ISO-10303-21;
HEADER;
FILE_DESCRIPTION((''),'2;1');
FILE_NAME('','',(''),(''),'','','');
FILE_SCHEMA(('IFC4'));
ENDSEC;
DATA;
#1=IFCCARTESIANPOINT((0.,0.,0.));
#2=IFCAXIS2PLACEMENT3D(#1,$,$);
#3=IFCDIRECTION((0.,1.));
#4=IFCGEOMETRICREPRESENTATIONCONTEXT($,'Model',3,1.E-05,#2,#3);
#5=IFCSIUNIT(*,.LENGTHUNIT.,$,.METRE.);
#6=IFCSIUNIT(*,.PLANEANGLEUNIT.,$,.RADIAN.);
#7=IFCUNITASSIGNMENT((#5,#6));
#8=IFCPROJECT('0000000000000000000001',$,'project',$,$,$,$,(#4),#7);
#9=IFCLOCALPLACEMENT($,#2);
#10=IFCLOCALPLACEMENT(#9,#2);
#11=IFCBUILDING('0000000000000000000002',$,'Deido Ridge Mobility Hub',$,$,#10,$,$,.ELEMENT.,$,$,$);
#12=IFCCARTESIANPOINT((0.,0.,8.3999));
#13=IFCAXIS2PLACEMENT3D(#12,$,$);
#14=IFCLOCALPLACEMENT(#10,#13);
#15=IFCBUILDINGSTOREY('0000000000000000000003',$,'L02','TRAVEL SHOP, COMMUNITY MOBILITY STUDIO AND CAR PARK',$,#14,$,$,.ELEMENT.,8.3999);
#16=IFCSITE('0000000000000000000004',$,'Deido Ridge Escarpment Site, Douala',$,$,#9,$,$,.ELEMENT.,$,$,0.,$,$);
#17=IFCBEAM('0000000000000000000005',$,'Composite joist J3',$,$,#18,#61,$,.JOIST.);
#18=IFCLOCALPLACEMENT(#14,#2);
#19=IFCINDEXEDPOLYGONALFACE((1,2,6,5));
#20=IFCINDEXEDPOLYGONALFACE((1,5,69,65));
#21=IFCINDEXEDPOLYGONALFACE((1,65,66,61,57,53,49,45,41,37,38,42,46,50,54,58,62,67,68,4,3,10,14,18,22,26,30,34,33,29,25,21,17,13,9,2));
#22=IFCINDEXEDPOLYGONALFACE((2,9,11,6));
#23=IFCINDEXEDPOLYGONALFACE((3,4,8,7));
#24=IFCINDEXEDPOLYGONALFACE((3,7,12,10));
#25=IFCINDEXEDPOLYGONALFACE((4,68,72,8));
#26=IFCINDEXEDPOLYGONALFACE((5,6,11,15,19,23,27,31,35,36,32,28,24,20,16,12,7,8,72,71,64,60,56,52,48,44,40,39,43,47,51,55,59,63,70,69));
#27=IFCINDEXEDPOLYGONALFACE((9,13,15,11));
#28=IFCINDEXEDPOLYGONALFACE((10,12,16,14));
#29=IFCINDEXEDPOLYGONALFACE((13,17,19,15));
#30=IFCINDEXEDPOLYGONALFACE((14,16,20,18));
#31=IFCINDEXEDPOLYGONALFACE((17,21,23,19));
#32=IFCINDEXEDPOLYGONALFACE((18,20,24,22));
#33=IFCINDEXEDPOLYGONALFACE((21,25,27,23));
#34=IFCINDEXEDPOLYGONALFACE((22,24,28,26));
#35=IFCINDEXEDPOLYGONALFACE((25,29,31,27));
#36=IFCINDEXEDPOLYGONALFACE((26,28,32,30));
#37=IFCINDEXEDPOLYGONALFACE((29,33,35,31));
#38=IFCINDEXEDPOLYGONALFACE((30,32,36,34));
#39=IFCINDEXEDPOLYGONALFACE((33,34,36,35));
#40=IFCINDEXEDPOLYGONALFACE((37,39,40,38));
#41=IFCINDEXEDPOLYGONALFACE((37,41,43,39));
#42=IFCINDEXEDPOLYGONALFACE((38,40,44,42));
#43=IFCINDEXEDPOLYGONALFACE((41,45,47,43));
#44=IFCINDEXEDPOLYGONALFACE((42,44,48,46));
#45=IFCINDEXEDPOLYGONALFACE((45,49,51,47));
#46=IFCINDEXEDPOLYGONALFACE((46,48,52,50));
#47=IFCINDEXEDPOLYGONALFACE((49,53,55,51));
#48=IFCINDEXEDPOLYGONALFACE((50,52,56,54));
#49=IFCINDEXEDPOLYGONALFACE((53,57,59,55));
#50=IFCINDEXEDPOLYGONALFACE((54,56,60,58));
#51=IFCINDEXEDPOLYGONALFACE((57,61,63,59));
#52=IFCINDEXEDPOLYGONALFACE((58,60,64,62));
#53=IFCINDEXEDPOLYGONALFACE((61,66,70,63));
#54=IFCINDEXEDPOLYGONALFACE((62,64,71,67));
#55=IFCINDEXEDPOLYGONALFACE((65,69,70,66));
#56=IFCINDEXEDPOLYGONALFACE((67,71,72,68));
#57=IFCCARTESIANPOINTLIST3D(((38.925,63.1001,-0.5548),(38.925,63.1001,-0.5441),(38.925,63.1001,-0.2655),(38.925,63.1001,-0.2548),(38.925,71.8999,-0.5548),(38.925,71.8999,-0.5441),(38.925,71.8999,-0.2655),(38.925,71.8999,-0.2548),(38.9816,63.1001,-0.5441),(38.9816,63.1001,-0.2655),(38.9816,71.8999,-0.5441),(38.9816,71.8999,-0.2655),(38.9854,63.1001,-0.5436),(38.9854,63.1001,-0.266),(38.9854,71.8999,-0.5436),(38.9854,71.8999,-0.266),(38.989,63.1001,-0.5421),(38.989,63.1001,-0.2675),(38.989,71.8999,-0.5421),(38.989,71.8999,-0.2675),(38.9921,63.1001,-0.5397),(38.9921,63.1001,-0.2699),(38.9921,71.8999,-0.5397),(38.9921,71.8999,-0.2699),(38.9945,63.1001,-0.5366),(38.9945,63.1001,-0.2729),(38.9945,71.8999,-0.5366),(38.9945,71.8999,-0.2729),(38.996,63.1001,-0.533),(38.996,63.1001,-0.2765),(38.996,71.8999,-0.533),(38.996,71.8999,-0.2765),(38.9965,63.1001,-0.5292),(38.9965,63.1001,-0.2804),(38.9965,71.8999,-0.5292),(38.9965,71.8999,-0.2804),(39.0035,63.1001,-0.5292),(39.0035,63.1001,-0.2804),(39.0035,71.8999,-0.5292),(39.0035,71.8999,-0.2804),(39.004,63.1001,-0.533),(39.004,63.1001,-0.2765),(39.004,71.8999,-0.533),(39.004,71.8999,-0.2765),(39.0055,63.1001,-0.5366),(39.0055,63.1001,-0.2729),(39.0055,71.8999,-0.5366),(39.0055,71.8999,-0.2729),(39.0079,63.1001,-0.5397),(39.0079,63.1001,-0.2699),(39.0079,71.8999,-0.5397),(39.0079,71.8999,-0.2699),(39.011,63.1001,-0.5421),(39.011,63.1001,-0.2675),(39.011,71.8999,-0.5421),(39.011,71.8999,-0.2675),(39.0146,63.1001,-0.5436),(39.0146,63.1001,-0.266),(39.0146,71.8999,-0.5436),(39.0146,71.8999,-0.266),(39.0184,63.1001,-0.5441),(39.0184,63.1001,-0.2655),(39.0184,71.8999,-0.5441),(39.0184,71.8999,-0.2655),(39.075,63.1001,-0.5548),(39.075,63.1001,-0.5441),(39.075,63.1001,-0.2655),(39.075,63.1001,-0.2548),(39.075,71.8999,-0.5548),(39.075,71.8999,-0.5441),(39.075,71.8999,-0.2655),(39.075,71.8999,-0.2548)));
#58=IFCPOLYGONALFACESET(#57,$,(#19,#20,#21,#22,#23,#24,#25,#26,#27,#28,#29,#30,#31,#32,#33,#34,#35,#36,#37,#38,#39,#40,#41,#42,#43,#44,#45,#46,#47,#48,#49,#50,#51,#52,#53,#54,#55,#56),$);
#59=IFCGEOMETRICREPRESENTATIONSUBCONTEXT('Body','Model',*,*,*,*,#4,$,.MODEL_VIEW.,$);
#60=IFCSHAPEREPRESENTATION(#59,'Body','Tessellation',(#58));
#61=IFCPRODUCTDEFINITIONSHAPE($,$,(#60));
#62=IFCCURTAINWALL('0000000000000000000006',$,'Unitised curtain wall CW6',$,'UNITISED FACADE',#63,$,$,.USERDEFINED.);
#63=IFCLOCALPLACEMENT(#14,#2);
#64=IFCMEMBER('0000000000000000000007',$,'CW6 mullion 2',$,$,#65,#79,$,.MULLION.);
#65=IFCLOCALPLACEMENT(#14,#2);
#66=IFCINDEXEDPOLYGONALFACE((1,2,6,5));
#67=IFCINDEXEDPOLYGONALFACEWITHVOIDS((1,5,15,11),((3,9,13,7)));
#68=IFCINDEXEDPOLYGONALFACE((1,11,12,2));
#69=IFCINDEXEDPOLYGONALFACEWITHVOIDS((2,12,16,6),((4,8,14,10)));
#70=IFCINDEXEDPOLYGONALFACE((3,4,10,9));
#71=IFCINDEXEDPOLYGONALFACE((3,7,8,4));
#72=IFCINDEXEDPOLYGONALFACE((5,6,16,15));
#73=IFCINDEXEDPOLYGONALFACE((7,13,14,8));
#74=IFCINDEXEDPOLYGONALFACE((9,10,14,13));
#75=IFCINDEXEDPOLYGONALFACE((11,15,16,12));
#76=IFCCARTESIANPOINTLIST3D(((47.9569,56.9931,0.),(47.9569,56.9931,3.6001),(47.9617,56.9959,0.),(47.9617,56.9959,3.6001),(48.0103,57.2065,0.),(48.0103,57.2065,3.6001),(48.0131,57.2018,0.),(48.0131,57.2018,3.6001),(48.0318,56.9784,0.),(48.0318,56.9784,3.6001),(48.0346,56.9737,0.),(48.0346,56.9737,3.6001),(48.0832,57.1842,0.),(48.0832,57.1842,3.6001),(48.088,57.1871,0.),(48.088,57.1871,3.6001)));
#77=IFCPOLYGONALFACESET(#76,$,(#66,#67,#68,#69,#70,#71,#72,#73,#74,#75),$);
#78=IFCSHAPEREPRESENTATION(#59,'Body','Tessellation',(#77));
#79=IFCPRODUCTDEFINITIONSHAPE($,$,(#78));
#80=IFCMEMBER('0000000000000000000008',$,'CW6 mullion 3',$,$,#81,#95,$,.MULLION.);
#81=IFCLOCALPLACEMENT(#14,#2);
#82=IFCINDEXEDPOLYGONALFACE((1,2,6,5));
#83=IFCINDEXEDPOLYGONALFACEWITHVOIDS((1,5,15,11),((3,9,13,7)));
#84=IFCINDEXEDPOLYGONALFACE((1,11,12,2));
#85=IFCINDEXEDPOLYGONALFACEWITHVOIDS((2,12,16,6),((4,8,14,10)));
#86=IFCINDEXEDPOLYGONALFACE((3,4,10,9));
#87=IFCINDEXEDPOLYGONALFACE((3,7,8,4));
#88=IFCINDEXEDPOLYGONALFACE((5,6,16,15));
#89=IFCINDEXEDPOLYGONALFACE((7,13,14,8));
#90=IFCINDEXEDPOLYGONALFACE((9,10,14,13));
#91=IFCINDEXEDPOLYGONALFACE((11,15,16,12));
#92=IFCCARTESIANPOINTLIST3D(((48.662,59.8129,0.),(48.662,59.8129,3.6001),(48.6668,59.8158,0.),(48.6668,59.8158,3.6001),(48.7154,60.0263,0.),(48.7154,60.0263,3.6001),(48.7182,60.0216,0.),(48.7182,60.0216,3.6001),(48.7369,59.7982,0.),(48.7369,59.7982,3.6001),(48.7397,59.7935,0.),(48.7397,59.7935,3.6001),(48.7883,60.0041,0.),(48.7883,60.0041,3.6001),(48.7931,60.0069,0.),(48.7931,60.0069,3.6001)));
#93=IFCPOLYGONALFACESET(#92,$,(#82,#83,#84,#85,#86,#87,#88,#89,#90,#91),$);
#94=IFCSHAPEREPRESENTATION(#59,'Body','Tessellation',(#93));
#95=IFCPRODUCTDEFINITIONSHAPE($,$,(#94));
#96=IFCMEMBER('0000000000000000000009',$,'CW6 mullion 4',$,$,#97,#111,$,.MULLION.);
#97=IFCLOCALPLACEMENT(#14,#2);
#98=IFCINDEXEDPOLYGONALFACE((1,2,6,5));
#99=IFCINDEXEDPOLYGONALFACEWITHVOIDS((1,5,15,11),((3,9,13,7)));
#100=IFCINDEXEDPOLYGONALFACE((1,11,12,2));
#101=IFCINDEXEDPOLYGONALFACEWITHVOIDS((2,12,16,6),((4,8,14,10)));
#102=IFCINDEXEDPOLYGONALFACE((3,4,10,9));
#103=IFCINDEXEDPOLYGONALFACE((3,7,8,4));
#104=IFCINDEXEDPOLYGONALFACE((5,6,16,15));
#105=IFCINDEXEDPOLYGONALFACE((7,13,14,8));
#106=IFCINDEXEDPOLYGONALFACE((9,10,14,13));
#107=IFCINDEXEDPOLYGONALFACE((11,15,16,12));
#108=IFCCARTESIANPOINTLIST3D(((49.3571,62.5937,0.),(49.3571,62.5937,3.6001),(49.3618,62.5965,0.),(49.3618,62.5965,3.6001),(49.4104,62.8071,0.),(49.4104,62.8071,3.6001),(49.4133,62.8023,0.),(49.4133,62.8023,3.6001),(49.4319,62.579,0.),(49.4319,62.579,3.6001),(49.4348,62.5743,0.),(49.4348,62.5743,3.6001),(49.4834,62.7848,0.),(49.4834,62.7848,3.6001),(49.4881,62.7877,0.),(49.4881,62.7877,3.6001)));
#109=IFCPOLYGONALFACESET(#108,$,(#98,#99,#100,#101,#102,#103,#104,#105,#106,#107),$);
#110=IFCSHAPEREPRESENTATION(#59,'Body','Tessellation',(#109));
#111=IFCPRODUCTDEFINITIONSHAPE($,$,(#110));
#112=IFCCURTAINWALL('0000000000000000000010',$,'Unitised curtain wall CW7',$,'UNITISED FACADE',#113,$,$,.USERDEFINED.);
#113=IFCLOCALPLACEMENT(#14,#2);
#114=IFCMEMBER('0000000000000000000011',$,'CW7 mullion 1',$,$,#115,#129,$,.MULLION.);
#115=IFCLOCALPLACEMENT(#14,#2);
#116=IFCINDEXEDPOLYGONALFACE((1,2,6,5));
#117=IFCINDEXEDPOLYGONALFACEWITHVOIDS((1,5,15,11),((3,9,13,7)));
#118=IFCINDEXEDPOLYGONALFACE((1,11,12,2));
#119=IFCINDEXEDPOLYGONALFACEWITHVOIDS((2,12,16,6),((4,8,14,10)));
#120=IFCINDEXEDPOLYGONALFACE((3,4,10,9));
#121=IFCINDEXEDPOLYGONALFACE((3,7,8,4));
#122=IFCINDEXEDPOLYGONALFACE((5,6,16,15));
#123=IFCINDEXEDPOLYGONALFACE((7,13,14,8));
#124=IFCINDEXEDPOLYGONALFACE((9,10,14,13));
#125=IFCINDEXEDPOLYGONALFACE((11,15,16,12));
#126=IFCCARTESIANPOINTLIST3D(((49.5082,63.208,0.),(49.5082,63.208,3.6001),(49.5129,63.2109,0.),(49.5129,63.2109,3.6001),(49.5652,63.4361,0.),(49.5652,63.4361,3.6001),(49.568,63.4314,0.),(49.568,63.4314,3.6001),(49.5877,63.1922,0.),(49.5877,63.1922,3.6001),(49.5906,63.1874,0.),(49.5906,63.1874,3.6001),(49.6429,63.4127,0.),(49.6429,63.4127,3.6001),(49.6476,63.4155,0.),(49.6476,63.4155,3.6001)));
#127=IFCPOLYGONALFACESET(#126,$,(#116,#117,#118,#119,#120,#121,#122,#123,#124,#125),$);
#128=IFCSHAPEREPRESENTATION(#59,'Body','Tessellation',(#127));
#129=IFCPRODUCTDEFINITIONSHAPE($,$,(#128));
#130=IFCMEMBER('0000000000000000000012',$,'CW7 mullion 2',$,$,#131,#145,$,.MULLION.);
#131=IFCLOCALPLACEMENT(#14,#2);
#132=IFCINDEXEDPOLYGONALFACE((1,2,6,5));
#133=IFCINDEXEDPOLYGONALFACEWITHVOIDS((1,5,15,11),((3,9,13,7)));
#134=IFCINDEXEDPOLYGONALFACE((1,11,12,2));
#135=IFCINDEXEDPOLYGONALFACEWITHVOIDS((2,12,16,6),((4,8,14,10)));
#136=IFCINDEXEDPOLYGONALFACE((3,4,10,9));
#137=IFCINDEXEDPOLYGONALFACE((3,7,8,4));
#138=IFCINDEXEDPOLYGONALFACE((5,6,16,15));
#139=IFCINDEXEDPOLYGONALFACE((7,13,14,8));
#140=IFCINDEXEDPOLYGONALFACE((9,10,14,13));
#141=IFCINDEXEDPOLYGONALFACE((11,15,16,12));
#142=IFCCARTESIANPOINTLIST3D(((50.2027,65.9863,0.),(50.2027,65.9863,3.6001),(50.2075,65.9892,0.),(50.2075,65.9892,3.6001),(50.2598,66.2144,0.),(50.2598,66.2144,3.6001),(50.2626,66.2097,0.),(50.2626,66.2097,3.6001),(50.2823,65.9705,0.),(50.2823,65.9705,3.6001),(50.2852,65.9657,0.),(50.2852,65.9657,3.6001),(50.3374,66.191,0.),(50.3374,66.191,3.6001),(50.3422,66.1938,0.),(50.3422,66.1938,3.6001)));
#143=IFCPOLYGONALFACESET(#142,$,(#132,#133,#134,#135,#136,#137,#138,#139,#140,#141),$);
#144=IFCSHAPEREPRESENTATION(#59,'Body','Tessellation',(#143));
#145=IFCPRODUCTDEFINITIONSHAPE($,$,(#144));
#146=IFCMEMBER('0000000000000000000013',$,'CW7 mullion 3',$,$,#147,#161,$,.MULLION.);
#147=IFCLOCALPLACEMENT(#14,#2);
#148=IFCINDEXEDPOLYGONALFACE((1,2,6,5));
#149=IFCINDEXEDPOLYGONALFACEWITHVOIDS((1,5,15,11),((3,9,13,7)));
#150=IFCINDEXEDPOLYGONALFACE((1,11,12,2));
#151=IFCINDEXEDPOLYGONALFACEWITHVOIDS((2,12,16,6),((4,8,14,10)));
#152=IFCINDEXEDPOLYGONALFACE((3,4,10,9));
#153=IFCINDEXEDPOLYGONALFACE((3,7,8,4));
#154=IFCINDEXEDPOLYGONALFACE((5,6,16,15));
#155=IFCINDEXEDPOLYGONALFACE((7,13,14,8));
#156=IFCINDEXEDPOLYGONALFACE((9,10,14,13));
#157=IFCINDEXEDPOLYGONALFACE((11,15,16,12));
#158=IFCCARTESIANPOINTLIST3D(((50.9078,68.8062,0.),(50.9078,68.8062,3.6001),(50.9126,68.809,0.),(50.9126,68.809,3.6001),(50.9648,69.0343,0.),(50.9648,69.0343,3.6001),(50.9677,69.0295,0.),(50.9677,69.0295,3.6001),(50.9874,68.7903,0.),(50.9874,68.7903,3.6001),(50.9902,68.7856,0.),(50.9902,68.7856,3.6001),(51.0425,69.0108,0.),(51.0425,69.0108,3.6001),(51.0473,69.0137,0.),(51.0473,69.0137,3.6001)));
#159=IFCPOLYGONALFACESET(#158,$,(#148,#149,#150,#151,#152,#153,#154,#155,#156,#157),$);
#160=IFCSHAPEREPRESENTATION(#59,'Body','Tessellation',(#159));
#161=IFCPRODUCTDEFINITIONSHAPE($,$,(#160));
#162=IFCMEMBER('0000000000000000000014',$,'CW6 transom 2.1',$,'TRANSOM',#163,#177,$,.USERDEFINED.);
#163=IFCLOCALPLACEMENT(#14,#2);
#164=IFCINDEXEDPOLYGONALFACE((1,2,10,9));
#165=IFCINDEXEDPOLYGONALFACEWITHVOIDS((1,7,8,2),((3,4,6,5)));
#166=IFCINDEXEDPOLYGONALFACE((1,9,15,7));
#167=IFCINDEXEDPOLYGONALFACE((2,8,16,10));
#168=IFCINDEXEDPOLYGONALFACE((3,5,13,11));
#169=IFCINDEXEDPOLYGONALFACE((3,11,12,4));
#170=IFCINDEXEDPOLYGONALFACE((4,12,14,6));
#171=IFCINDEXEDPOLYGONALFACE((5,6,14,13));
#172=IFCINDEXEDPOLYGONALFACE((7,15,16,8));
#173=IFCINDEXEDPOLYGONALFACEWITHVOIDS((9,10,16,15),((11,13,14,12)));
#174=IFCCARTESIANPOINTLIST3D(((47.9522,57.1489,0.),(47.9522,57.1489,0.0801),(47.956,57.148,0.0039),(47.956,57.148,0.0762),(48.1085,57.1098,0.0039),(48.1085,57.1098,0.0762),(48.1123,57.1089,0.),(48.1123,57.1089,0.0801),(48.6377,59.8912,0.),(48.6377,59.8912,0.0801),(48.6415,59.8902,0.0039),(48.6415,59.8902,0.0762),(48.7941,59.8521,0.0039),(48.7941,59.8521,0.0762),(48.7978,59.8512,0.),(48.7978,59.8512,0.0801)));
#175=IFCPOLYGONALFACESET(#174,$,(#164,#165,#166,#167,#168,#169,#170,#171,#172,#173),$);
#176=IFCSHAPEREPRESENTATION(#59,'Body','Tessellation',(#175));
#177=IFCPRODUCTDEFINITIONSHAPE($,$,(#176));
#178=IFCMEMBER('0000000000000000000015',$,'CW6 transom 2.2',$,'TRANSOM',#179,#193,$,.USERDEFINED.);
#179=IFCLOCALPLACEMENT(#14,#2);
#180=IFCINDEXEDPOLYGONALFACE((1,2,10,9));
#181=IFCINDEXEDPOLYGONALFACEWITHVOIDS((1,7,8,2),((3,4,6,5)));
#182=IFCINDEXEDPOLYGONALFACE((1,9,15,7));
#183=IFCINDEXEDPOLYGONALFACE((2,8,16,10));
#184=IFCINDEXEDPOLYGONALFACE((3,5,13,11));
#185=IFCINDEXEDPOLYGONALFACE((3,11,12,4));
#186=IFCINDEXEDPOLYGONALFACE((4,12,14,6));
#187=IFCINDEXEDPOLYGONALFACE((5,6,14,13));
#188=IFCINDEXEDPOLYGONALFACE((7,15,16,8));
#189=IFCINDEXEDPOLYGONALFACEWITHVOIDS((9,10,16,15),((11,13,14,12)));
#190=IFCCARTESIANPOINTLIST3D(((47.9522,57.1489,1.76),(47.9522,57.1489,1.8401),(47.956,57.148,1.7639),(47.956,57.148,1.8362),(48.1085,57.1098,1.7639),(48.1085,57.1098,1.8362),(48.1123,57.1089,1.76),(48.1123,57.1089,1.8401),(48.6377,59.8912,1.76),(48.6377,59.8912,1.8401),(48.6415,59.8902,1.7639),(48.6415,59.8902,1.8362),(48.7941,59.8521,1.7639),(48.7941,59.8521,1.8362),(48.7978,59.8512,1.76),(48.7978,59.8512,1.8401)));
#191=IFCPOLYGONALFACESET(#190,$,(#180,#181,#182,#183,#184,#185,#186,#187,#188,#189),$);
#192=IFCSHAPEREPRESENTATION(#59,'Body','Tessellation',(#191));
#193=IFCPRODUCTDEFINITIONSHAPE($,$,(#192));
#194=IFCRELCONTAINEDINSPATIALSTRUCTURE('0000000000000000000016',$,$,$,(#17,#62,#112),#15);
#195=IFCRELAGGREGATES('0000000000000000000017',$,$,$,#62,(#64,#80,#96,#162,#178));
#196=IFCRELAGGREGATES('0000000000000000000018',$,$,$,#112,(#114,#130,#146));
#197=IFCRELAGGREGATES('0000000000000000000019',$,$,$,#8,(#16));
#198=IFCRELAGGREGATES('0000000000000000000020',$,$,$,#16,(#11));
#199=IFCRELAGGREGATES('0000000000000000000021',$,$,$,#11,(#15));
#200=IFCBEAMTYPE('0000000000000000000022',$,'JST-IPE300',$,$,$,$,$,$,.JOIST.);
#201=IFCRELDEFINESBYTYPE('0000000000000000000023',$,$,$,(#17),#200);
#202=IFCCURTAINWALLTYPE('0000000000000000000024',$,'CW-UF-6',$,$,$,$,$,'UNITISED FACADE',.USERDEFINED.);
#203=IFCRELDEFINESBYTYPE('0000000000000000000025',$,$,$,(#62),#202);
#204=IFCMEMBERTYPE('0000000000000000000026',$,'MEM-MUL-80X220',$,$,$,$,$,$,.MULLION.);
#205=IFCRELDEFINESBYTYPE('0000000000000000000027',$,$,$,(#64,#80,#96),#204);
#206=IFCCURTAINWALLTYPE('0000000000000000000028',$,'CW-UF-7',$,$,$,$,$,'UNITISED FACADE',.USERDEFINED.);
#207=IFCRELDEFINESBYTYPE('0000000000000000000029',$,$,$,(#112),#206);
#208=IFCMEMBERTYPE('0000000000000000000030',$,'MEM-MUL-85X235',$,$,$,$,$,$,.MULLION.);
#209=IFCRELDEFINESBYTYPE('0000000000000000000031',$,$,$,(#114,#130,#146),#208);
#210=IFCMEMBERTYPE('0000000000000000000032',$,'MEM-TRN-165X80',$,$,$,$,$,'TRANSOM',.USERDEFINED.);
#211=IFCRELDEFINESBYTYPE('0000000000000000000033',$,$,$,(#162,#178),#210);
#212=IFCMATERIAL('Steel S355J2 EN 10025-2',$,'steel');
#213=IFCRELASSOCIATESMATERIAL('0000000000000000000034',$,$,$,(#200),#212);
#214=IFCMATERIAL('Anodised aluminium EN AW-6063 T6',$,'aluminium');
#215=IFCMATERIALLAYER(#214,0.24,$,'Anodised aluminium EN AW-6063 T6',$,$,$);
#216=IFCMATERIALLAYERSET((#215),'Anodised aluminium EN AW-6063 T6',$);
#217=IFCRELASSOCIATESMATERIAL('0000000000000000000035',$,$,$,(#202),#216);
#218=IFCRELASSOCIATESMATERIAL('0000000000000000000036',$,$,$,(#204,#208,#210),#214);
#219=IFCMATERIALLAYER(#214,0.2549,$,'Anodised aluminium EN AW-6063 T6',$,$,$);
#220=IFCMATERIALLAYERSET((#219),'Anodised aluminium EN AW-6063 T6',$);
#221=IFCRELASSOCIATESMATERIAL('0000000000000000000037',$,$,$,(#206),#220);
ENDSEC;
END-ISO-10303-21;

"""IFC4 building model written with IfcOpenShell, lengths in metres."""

from ifc_helpers import new_model, si_unit, direction, frame, origin, origin_2d, place, context, subcontext, project, spatial, hollow_rectangle, i_section, extrude, material, layer, layer_set, material_profile, profile_set, type_object, element, aggregate, save


model = new_model("IFC4")

# Units and contexts
model_context = context("Model", 3, precision=1e-05, world=origin(), true_north=direction((0.0, 1.0)))
body_context = subcontext(model_context, "Body", "Model", "MODEL_VIEW")
ifc_project = project(units=[si_unit("LENGTHUNIT", "METRE"), si_unit("PLANEANGLEUNIT", "RADIAN")], contexts=[model_context])

# Site, building, storey
site_placement = place(None, origin())
site = spatial("IfcSite", under=ifc_project, at=site_placement, Name="Deido Ridge Escarpment Site, Douala", CompositionType="ELEMENT", RefElevation=0.0)
building_placement = place(site_placement, origin())
building = spatial("IfcBuilding", under=site, at=building_placement, Name="Deido Ridge Mobility Hub", CompositionType="ELEMENT")
storey_placement = place(building_placement, frame((0.0, 0.0, 8.3999)))
storey = spatial("IfcBuildingStorey", under=building, at=storey_placement, Name="L02", Description="TRAVEL SHOP, COMMUNITY MOBILITY STUDIO AND CAR PARK", CompositionType="ELEMENT", Elevation=8.3999)

# Shared definitions
ifc_material_1 = material(Name="Steel S355J2 EN 10025-2", Category="steel")

# Beam
ifc_material_profile_1 = material_profile(ifc_material_1, i_section(OverallWidth=0.1499, OverallDepth=0.3, WebThickness=0.0071, FlangeThickness=0.0107, FilletRadius=0.0149, at=origin_2d()), Name="IPE 300")
ifc_profile_set_1 = profile_set([ifc_material_profile_1], Name="Steel S355J2 EN 10025-2")
beam_type_1 = type_object("IfcBeamType", Name="JST-IPE300", PredefinedType="JOIST", material=ifc_profile_set_1)
beam_1_placement = place(storey_placement, frame((39.0, 63.1001, -0.4048), z_axis=(0.0, 1.0, 0.0), x_axis=(-1.0, 0.0, 0.0)))
element("IfcBeam", 1, at=beam_1_placement, inside=storey, type_object=beam_type_1, Name="Composite joist J3", PredefinedType="JOIST", context=body_context, shape_type="SweptSolid", body=[
    extrude(i_section(OverallWidth=0.1499, OverallDepth=0.3, WebThickness=0.0071, FlangeThickness=0.0107, FilletRadius=0.0149, at=origin_2d()), origin(), (0.0, 0.0, 1.0), 8.7998),
])

# Curtain walls, members
ifc_material_2 = material(Name="Anodised aluminium EN AW-6063 T6", Category="aluminium")
ifc_layer_1 = layer(ifc_material_2, 0.24, Name="Anodised aluminium EN AW-6063 T6")
ifc_layer_set_1 = layer_set([ifc_layer_1], Name="Anodised aluminium EN AW-6063 T6")
curtain_wall_type_1 = type_object("IfcCurtainWallType", Name="CW-UF-6", ElementType="UNITISED FACADE", PredefinedType="USERDEFINED", material=ifc_layer_set_1)
curtain_wall_1_placement = place(storey_placement, origin())
curtain_wall_1 = element("IfcCurtainWall", 2, at=curtain_wall_1_placement, inside=storey, type_object=curtain_wall_type_1, Name="Unitised curtain wall CW6", ObjectType="UNITISED FACADE", PredefinedType="USERDEFINED")
ifc_material_profile_2 = material_profile(ifc_material_2, hollow_rectangle(XDim=0.0801, YDim=0.22, WallThickness=0.0039, at=origin_2d()), Name="RHS 80x220x4")
ifc_profile_set_2 = profile_set([ifc_material_profile_2], Name="Anodised aluminium EN AW-6063 T6")
member_type_1 = type_object("IfcMemberType", Name="MEM-MUL-80X220", PredefinedType="MULLION", material=ifc_profile_set_2)
member_1_placement = place(storey_placement, frame((48.0225, 57.0901, 0.0), z_axis=(0.0, 0.0, 1.0), x_axis=(-0.97014, 0.242546, 0.0)))
member_1 = element("IfcMember", 3, at=member_1_placement, type_object=member_type_1, Name="CW6 mullion 2", PredefinedType="MULLION", context=body_context, shape_type="SweptSolid", body=[
    extrude(hollow_rectangle(XDim=0.0801, YDim=0.22, WallThickness=0.0039, at=origin_2d()), origin(), (0.0, 0.0, 1.0), 3.6001),
])
member_2_placement = place(storey_placement, frame((48.7275, 59.9099, 0.0), z_axis=(0.0, 0.0, 1.0), x_axis=(-0.97014, 0.242546, 0.0)))
member_2 = element("IfcMember", 4, at=member_2_placement, type_object=member_type_1, Name="CW6 mullion 3", PredefinedType="MULLION", context=body_context, shape_type="SweptSolid", body=[
    extrude(hollow_rectangle(XDim=0.0801, YDim=0.22, WallThickness=0.0039, at=origin_2d()), origin(), (0.0, 0.0, 1.0), 3.6001),
])
member_3_placement = place(storey_placement, frame((49.4226, 62.6907, 0.0), z_axis=(0.0, 0.0, 1.0), x_axis=(-0.97014, 0.242546, 0.0)))
member_3 = element("IfcMember", 5, at=member_3_placement, type_object=member_type_1, Name="CW6 mullion 4", PredefinedType="MULLION", context=body_context, shape_type="SweptSolid", body=[
    extrude(hollow_rectangle(XDim=0.0801, YDim=0.22, WallThickness=0.0039, at=origin_2d()), origin(), (0.0, 0.0, 1.0), 3.6001),
])
ifc_layer_2 = layer(ifc_material_2, 0.2549, Name="Anodised aluminium EN AW-6063 T6")
ifc_layer_set_2 = layer_set([ifc_layer_2], Name="Anodised aluminium EN AW-6063 T6")
curtain_wall_type_2 = type_object("IfcCurtainWallType", Name="CW-UF-7", ElementType="UNITISED FACADE", PredefinedType="USERDEFINED", material=ifc_layer_set_2)
curtain_wall_2_placement = place(storey_placement, origin())
curtain_wall_2 = element("IfcCurtainWall", 6, at=curtain_wall_2_placement, inside=storey, type_object=curtain_wall_type_2, Name="Unitised curtain wall CW7", ObjectType="UNITISED FACADE", PredefinedType="USERDEFINED")
ifc_material_profile_3 = material_profile(ifc_material_2, hollow_rectangle(XDim=0.085, YDim=0.2351, WallThickness=0.0039, at=origin_2d()), Name="RHS 85x235x4")
ifc_profile_set_3 = profile_set([ifc_material_profile_3], Name="Anodised aluminium EN AW-6063 T6")
member_type_2 = type_object("IfcMemberType", Name="MEM-MUL-85X235", PredefinedType="MULLION", material=ifc_profile_set_3)
member_4_placement = place(storey_placement, frame((49.5779, 63.3118, 0.0), z_axis=(0.0, 0.0, 1.0), x_axis=(-0.97014, 0.242546, 0.0)))
member_4 = element("IfcMember", 7, at=member_4_placement, type_object=member_type_2, Name="CW7 mullion 1", PredefinedType="MULLION", context=body_context, shape_type="SweptSolid", body=[
    extrude(hollow_rectangle(XDim=0.085, YDim=0.2351, WallThickness=0.0039, at=origin_2d()), origin(), (0.0, 0.0, 1.0), 3.6001),
])
member_5_placement = place(storey_placement, frame((50.2725, 66.0901, 0.0), z_axis=(0.0, 0.0, 1.0), x_axis=(-0.97014, 0.242546, 0.0)))
member_5 = element("IfcMember", 8, at=member_5_placement, type_object=member_type_2, Name="CW7 mullion 2", PredefinedType="MULLION", context=body_context, shape_type="SweptSolid", body=[
    extrude(hollow_rectangle(XDim=0.085, YDim=0.2351, WallThickness=0.0039, at=origin_2d()), origin(), (0.0, 0.0, 1.0), 3.6001),
])
member_6_placement = place(storey_placement, frame((50.9775, 68.9099, 0.0), z_axis=(0.0, 0.0, 1.0), x_axis=(-0.97014, 0.242546, 0.0)))
member_6 = element("IfcMember", 9, at=member_6_placement, type_object=member_type_2, Name="CW7 mullion 3", PredefinedType="MULLION", context=body_context, shape_type="SweptSolid", body=[
    extrude(hollow_rectangle(XDim=0.085, YDim=0.2351, WallThickness=0.0039, at=origin_2d()), origin(), (0.0, 0.0, 1.0), 3.6001),
])

# Members
ifc_material_profile_4 = material_profile(ifc_material_2, hollow_rectangle(XDim=0.165, YDim=0.0801, WallThickness=0.0039, at=origin_2d()), Name="RHS 165x80x4")
ifc_profile_set_4 = profile_set([ifc_material_profile_4], Name="Anodised aluminium EN AW-6063 T6")
member_type_3 = type_object("IfcMemberType", Name="MEM-TRN-165X80", ElementType="TRANSOM", PredefinedType="USERDEFINED", material=ifc_profile_set_4)
member_7_placement = place(storey_placement, frame((48.0322, 57.1289, 0.04), z_axis=(0.242536, 0.970143, 0.0), x_axis=(-0.970143, 0.242536, 0.0)))
member_7 = element("IfcMember", 10, at=member_7_placement, type_object=member_type_3, Name="CW6 transom 2.1", ObjectType="TRANSOM", PredefinedType="USERDEFINED", context=body_context, shape_type="SweptSolid", body=[
    extrude(hollow_rectangle(XDim=0.165, YDim=0.0801, WallThickness=0.0039, at=origin_2d()), origin(), (0.0, 0.0, 1.0), 2.8267),
])
member_8_placement = place(storey_placement, frame((48.0322, 57.1289, 1.8), z_axis=(0.242536, 0.970143, 0.0), x_axis=(-0.970143, 0.242536, 0.0)))
member_8 = element("IfcMember", 11, at=member_8_placement, type_object=member_type_3, Name="CW6 transom 2.2", ObjectType="TRANSOM", PredefinedType="USERDEFINED", context=body_context, shape_type="SweptSolid", body=[
    extrude(hollow_rectangle(XDim=0.165, YDim=0.0801, WallThickness=0.0039, at=origin_2d()), origin(), (0.0, 0.0, 1.0), 2.8267),
])

aggregate(curtain_wall_1, [member_1, member_2, member_3, member_7, member_8])
aggregate(curtain_wall_2, [member_4, member_5, member_6])

save(model, "model.ifc")
